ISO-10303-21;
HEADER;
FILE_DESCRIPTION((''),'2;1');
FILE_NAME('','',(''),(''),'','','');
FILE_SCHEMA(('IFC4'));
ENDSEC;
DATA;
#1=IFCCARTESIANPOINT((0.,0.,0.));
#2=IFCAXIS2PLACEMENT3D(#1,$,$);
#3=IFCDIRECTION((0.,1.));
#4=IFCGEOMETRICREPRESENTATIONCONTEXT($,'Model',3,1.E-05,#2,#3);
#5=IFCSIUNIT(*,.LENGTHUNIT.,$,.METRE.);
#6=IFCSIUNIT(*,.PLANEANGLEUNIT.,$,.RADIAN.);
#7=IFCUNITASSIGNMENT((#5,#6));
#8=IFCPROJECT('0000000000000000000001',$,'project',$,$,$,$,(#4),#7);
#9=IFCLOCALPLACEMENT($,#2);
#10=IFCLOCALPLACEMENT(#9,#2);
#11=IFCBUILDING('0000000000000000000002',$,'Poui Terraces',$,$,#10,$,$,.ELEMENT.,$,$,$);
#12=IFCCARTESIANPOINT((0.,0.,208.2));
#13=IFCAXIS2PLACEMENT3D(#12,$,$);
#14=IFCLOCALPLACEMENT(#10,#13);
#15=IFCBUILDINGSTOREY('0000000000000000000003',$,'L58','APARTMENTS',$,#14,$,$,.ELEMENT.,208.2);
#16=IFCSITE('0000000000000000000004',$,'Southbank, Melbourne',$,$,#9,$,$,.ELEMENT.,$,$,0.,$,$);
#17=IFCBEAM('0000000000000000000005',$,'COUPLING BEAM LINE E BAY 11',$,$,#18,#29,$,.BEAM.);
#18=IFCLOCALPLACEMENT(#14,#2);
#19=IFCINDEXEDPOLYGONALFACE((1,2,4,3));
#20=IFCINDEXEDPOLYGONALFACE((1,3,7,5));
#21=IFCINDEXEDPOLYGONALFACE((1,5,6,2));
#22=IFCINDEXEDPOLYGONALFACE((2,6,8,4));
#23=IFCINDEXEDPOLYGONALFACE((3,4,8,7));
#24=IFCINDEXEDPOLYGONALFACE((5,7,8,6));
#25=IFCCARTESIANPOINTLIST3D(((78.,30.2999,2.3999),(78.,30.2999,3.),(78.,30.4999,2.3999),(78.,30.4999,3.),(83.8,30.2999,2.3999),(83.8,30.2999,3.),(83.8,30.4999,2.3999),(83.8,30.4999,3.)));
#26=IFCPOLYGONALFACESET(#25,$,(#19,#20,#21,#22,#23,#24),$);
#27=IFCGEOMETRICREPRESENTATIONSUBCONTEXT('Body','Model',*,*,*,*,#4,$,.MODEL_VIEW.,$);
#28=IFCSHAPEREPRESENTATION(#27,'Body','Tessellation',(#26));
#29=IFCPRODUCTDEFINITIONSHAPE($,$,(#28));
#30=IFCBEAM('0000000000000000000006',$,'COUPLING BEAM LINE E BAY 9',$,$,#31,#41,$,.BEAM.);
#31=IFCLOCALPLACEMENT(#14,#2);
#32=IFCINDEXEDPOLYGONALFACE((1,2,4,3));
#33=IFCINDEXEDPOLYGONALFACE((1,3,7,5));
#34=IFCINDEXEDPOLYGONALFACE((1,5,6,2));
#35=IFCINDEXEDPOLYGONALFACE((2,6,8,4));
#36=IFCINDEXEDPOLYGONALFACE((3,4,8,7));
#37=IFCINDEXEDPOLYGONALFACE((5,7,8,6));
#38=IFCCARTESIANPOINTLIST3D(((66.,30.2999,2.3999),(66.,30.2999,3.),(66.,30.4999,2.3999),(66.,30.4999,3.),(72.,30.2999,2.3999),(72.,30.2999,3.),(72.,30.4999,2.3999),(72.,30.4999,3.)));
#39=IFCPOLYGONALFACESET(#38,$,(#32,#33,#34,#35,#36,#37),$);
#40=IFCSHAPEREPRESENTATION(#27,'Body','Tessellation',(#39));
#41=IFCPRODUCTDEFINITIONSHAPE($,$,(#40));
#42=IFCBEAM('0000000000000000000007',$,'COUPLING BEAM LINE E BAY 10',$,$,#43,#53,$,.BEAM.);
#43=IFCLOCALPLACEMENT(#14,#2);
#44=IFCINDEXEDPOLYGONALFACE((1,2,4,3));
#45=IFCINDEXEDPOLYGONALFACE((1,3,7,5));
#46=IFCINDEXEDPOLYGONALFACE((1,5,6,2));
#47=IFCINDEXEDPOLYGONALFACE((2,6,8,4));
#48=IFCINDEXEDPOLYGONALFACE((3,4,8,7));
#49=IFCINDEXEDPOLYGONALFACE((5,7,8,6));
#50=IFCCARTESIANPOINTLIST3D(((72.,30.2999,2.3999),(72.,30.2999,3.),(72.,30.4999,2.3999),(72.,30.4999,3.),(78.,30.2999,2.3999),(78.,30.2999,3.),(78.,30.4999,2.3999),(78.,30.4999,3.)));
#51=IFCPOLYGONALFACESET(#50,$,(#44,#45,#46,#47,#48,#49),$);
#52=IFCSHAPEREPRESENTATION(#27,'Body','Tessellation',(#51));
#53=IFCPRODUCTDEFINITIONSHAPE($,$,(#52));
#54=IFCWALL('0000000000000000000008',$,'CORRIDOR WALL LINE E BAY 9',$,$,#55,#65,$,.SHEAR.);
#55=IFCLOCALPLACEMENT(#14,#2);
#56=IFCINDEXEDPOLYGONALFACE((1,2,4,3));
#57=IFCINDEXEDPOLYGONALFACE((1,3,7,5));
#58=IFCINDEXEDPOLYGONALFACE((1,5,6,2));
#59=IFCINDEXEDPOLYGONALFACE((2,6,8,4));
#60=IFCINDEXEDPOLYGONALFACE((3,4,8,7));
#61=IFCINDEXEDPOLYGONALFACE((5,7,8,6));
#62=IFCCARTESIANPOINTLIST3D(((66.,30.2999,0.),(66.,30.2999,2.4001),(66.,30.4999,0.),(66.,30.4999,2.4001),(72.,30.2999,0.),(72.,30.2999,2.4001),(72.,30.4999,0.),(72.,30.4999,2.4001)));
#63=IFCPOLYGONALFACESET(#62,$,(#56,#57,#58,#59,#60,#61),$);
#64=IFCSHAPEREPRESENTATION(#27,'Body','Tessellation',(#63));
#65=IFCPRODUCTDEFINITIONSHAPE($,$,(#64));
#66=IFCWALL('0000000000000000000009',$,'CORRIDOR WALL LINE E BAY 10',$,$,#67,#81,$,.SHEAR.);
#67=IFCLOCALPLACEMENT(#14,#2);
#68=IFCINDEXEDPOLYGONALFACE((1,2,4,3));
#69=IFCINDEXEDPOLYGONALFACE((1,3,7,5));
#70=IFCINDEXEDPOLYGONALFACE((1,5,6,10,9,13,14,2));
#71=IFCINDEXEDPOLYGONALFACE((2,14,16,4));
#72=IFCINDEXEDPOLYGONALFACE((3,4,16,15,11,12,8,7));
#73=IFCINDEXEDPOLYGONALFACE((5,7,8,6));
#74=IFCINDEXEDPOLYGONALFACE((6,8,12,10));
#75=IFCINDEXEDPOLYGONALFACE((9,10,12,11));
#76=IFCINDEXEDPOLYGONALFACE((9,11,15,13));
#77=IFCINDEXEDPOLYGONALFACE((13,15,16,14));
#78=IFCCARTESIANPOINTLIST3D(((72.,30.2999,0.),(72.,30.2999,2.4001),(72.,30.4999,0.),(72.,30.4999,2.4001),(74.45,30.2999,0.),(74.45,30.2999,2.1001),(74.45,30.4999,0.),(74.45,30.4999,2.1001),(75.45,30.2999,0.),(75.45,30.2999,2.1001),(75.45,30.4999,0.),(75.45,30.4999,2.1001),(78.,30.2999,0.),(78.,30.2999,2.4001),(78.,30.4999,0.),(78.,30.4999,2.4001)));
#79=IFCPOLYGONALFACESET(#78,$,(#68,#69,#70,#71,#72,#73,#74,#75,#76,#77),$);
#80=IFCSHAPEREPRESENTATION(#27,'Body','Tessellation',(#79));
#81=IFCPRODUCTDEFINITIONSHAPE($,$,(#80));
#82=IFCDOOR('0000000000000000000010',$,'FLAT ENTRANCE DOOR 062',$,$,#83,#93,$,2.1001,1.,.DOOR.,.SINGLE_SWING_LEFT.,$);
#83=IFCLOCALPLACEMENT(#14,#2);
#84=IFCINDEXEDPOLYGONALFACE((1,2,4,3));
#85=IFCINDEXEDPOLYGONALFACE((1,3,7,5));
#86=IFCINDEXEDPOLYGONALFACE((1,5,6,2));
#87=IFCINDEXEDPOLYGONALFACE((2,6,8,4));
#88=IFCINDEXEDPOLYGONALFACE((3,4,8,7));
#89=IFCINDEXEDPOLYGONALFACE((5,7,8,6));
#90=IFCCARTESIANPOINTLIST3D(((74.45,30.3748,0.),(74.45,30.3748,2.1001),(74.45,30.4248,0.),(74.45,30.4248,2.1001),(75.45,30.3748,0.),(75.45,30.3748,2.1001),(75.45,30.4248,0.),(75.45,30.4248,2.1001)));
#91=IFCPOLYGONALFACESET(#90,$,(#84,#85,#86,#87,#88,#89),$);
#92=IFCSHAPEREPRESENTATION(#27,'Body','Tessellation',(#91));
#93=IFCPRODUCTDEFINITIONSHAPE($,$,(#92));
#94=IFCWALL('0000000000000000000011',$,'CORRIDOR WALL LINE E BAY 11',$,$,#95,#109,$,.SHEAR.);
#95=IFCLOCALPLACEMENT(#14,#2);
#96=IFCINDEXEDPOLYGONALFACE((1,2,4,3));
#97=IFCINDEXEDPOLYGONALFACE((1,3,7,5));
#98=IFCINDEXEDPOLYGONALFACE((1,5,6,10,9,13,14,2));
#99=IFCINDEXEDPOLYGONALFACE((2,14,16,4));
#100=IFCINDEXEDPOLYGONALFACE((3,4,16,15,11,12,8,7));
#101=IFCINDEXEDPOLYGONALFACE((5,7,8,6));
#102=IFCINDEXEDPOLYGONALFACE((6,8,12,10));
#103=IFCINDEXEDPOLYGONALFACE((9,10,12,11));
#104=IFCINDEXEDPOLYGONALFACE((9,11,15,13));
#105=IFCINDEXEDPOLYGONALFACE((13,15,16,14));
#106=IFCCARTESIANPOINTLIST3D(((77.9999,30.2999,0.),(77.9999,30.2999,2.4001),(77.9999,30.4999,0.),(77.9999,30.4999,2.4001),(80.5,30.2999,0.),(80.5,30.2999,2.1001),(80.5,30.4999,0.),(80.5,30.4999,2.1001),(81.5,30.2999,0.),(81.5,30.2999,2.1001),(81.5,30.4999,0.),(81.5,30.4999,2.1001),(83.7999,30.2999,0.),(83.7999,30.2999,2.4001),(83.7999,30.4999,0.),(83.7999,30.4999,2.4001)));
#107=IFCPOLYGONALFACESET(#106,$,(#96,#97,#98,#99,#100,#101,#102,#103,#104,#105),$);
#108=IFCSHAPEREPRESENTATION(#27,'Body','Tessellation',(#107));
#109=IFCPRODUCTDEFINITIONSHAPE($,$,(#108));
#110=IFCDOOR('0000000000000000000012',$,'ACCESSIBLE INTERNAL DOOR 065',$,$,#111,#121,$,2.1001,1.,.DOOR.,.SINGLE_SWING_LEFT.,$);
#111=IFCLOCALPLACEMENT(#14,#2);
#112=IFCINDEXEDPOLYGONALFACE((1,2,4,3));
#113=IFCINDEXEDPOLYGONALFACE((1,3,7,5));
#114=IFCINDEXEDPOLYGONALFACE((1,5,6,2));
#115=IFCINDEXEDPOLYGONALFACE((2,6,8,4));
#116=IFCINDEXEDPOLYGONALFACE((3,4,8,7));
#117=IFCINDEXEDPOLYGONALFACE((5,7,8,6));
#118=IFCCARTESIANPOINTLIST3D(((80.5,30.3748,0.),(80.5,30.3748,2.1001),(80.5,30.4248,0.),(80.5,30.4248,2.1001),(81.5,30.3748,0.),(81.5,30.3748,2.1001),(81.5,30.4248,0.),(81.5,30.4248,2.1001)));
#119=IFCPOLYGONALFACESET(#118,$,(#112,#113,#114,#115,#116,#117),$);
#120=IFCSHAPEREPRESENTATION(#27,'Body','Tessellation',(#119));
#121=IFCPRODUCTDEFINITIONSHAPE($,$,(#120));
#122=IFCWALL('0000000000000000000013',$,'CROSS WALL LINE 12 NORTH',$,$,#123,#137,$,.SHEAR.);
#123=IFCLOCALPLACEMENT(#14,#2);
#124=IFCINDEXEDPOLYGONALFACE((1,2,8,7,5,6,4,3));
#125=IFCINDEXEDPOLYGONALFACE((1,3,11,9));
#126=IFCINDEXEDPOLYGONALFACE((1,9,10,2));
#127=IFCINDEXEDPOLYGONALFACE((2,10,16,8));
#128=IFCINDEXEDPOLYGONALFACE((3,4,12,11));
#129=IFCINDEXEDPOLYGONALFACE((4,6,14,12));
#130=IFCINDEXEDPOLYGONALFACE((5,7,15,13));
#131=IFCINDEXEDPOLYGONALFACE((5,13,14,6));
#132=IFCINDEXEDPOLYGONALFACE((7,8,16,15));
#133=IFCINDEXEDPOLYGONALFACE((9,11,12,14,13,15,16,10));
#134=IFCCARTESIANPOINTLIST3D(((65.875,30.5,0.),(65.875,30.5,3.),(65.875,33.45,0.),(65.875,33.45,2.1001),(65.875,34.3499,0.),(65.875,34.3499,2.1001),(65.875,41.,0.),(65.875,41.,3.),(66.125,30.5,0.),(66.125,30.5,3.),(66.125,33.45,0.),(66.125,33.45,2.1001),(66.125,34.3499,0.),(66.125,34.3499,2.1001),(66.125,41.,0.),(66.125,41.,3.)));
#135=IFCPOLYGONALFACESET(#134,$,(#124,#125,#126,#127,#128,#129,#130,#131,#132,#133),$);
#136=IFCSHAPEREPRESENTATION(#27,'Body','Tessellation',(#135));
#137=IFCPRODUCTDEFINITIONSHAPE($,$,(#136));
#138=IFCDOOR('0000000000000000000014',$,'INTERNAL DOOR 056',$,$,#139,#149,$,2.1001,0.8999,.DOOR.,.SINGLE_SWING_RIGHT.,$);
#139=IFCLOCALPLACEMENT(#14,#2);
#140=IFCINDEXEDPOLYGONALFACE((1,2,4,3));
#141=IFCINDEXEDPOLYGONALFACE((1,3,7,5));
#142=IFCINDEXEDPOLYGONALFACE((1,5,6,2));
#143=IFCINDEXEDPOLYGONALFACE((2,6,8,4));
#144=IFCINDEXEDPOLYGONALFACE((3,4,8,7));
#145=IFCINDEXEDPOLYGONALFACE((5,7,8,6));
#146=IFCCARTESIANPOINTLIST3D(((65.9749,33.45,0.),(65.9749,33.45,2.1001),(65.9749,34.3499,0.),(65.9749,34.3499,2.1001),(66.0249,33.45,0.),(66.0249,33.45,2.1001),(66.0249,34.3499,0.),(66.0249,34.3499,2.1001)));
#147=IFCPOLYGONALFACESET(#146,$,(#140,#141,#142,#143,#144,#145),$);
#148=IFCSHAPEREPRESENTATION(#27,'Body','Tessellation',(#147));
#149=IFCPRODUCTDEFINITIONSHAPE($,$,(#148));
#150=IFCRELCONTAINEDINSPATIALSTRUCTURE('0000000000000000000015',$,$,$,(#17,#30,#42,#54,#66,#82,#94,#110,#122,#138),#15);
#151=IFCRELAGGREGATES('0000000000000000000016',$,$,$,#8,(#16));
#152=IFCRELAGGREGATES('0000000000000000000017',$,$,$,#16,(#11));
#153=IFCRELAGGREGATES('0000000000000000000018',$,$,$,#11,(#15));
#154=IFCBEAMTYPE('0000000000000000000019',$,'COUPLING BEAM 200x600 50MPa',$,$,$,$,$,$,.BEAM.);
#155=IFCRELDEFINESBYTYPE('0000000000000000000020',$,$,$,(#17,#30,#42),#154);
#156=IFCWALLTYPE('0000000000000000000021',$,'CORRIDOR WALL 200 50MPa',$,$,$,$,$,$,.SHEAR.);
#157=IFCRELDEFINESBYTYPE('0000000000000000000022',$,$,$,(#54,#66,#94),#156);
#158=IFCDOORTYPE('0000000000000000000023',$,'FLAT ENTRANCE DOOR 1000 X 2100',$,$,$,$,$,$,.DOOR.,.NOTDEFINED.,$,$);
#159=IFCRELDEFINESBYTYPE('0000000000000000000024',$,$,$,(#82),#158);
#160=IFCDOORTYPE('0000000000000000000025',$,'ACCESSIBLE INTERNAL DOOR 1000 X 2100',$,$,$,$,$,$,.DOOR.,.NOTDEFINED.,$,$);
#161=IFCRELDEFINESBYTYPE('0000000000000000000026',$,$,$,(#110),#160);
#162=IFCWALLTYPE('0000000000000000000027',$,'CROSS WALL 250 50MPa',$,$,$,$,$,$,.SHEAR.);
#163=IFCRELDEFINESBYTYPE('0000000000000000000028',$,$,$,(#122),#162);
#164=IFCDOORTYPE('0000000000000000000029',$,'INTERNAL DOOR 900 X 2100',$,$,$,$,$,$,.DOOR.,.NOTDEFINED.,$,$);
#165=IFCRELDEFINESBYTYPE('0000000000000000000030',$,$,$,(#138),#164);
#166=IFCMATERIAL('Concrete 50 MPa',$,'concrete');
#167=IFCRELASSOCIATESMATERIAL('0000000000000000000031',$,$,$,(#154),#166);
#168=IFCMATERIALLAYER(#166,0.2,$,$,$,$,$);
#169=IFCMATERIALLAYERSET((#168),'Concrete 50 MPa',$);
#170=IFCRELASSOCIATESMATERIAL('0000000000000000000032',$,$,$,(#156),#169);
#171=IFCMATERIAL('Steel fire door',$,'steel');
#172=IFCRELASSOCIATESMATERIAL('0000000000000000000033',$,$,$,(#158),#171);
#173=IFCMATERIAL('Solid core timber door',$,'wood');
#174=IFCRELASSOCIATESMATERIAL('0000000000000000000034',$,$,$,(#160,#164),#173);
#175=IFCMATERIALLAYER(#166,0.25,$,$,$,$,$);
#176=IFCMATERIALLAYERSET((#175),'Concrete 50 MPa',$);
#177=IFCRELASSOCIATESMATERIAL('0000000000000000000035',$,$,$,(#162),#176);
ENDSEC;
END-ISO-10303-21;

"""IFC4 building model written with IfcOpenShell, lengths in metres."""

from ifc_helpers import new_model, si_unit, direction, frame, frame_2d, origin, origin_2d, place, context, subcontext, project, spatial, rectangle, extrude, source, transform, mapped, material, layer, layer_set, material_profile, profile_set, type_object, element, fill, save


model = new_model("IFC4")

# Units and contexts
model_context = context("Model", 3, precision=1e-05, world=origin(), true_north=direction((0.0, 1.0)))
body_context = subcontext(model_context, "Body", "Model", "MODEL_VIEW")
ifc_project = project(units=[si_unit("LENGTHUNIT", "METRE"), si_unit("PLANEANGLEUNIT", "RADIAN")], contexts=[model_context])

# Site, building, storey
site_placement = place(None, origin())
site = spatial("IfcSite", under=ifc_project, at=site_placement, Name="Southbank, Melbourne", CompositionType="ELEMENT", RefElevation=0.0)
building_placement = place(site_placement, origin())
building = spatial("IfcBuilding", under=site, at=building_placement, Name="Poui Terraces", CompositionType="ELEMENT")
storey_placement = place(building_placement, frame((0.0, 0.0, 208.2)))
storey = spatial("IfcBuildingStorey", under=building, at=storey_placement, Name="L58", Description="APARTMENTS", CompositionType="ELEMENT", Elevation=208.2)

# Beams
ifc_material_1 = material(Name="Concrete 50 MPa", Category="concrete")
ifc_material_profile = material_profile(ifc_material_1, rectangle(XDim=0.2, YDim=0.6001, at=origin_2d()), Name="RC 200x600")
ifc_profile_set = profile_set([ifc_material_profile], Name="Concrete 50 MPa")
beam_type = type_object("IfcBeamType", Name="COUPLING BEAM 200x600 50MPa", PredefinedType="BEAM", material=ifc_profile_set)
shared_shape_1 = source(origin(), body_context, "Body", "SweptSolid", [
    extrude(rectangle(XDim=0.2, YDim=0.6001, at=origin_2d()), origin(), (0.0, 0.0, 1.0), 5.8),
])
beam_placement = place(storey_placement, frame((78.0, 30.3999, 2.7), z_axis=(1.0, 0.0, 0.0), x_axis=(0.0, 1.0, 0.0)))
element("IfcBeam", 1, at=beam_placement, inside=storey, type_object=beam_type, Name="COUPLING BEAM LINE E BAY 11", PredefinedType="BEAM", context=body_context, shape_type="MappedRepresentation", body=[
    mapped(shared_shape_1, transform((0.0, 0.0, 0.0))),
])
shared_shape_2 = source(origin(), body_context, "Body", "SweptSolid", [
    extrude(rectangle(XDim=0.2, YDim=0.6001, at=origin_2d()), origin(), (0.0, 0.0, 1.0), 6.0),
])
for number, where, z_axis, x_axis, name in (
    (2, (66.0, 30.3999, 2.7), (1.0, 0.0, 0.0), (0.0, 1.0, 0.0), "COUPLING BEAM LINE E BAY 9"),
    (3, (72.0, 30.3999, 2.7), (1.0, 0.0, 0.0), (0.0, 1.0, 0.0), "COUPLING BEAM LINE E BAY 10"),
):
    element("IfcBeam", number, at=place(storey_placement, frame(where, z_axis=z_axis, x_axis=x_axis)), inside=storey, type_object=beam_type, Name=name, PredefinedType="BEAM", context=body_context, shape_type="MappedRepresentation", body=[
        mapped(shared_shape_2, transform((0.0, 0.0, 0.0))),
    ])

# Wall
ifc_layer_1 = layer(ifc_material_1, 0.2)
ifc_layer_set_1 = layer_set([ifc_layer_1], Name="Concrete 50 MPa")
wall_type_1 = type_object("IfcWallType", Name="CORRIDOR WALL 200 50MPa", PredefinedType="SHEAR", material=ifc_layer_set_1)
wall_1_placement = place(storey_placement, frame((66.0, 30.3999, 0.0), z_axis=(0.0, 0.0, 1.0), x_axis=(1.0, 0.0, 0.0)))
element("IfcWall", 4, at=wall_1_placement, inside=storey, type_object=wall_type_1, Name="CORRIDOR WALL LINE E BAY 9", PredefinedType="SHEAR", context=body_context, shape_type="SweptSolid", body=[
    extrude(rectangle(XDim=6.0, YDim=0.2, at=frame_2d((3.0, 0.0))), origin(), (0.0, 0.0, 1.0), 2.4001),
])

# Walls, openings, doors
wall_2_placement = place(storey_placement, frame((72.0, 30.3999, 0.0), z_axis=(0.0, 0.0, 1.0), x_axis=(1.0, 0.0, 0.0)))
wall_2 = element("IfcWall", 5, at=wall_2_placement, inside=storey, type_object=wall_type_1, Name="CORRIDOR WALL LINE E BAY 10", PredefinedType="SHEAR", context=body_context, shape_type="SweptSolid", body=[
    extrude(rectangle(XDim=6.0, YDim=0.2, at=frame_2d((3.0, 0.0))), origin(), (0.0, 0.0, 1.0), 2.4001),
])
opening_1_placement = place(wall_2_placement, frame((2.45, 0.0, 0.0)))
opening_1 = element("IfcOpeningElement", 6, at=opening_1_placement, cuts=wall_2, PredefinedType="OPENING", context=body_context, shape_type="SweptSolid", body=[
    extrude(rectangle(XDim=1.0, YDim=2.1001, at=frame_2d((0.5, 1.05))), frame((0.0, 0.1099, 0.0), z_axis=(0.0, -1.0, 0.0), x_axis=(1.0, 0.0, 0.0)), (0.0, 0.0, 1.0), 0.22),
])
ifc_material_2 = material(Name="Steel fire door", Category="steel")
door_type_1 = type_object("IfcDoorType", Name="FLAT ENTRANCE DOOR 1000 X 2100", OperationType="NOTDEFINED", PredefinedType="DOOR", material=ifc_material_2)
door_1_placement = place(opening_1_placement, origin())
door_1 = element("IfcDoor", 7, at=door_1_placement, inside=storey, type_object=door_type_1, Name="FLAT ENTRANCE DOOR 062", OperationType="SINGLE_SWING_LEFT", OverallHeight=2.1001, OverallWidth=1.0, PredefinedType="DOOR", context=body_context, shape_type="SweptSolid", body=[
    extrude(rectangle(XDim=1.0, YDim=2.1001, at=frame_2d((0.5, 1.05))), frame((0.0, 0.0249, 0.0), z_axis=(0.0, -1.0, 0.0), x_axis=(1.0, 0.0, 0.0)), (0.0, 0.0, 1.0), 0.05),
])
fill(opening_1, door_1)
wall_3_placement = place(storey_placement, frame((78.0, 30.3999, 0.0), z_axis=(0.0, 0.0, 1.0), x_axis=(1.0, 0.0, 0.0)))
wall_3 = element("IfcWall", 8, at=wall_3_placement, inside=storey, type_object=wall_type_1, Name="CORRIDOR WALL LINE E BAY 11", PredefinedType="SHEAR", context=body_context, shape_type="SweptSolid", body=[
    extrude(rectangle(XDim=5.8, YDim=0.2, at=frame_2d((2.8999, 0.0))), origin(), (0.0, 0.0, 1.0), 2.4001),
])
opening_2_placement = place(wall_3_placement, frame((2.5, 0.0, 0.0)))
opening_2 = element("IfcOpeningElement", 9, at=opening_2_placement, cuts=wall_3, PredefinedType="OPENING", context=body_context, shape_type="SweptSolid", body=[
    extrude(rectangle(XDim=1.0, YDim=2.1001, at=frame_2d((0.5, 1.05))), frame((0.0, 0.1099, 0.0), z_axis=(0.0, -1.0, 0.0), x_axis=(1.0, 0.0, 0.0)), (0.0, 0.0, 1.0), 0.22),
])
ifc_material_3 = material(Name="Solid core timber door", Category="wood")
door_type_2 = type_object("IfcDoorType", Name="ACCESSIBLE INTERNAL DOOR 1000 X 2100", OperationType="NOTDEFINED", PredefinedType="DOOR", material=ifc_material_3)
door_2_placement = place(opening_2_placement, origin())
door_2 = element("IfcDoor", 10, at=door_2_placement, inside=storey, type_object=door_type_2, Name="ACCESSIBLE INTERNAL DOOR 065", OperationType="SINGLE_SWING_LEFT", OverallHeight=2.1001, OverallWidth=1.0, PredefinedType="DOOR", context=body_context, shape_type="SweptSolid", body=[
    extrude(rectangle(XDim=1.0, YDim=2.1001, at=frame_2d((0.5, 1.05))), frame((0.0, 0.0249, 0.0), z_axis=(0.0, -1.0, 0.0), x_axis=(1.0, 0.0, 0.0)), (0.0, 0.0, 1.0), 0.05),
])
fill(opening_2, door_2)
ifc_layer_2 = layer(ifc_material_1, 0.25)
ifc_layer_set_2 = layer_set([ifc_layer_2], Name="Concrete 50 MPa")
wall_type_2 = type_object("IfcWallType", Name="CROSS WALL 250 50MPa", PredefinedType="SHEAR", material=ifc_layer_set_2)
wall_4_placement = place(storey_placement, frame((66.0, 30.5, 0.0), z_axis=(0.0, 0.0, 1.0), x_axis=(0.0, 1.0, 0.0)))
wall_4 = element("IfcWall", 11, at=wall_4_placement, inside=storey, type_object=wall_type_2, Name="CROSS WALL LINE 12 NORTH", PredefinedType="SHEAR", context=body_context, shape_type="SweptSolid", body=[
    extrude(rectangle(XDim=10.5, YDim=0.25, at=frame_2d((5.25, 0.0))), origin(), (0.0, 0.0, 1.0), 3.0),
])
opening_3_placement = place(wall_4_placement, frame((2.95, 0.0, 0.0)))
opening_3 = element("IfcOpeningElement", 12, at=opening_3_placement, cuts=wall_4, PredefinedType="OPENING", context=body_context, shape_type="SweptSolid", body=[
    extrude(rectangle(XDim=0.8999, YDim=2.1001, at=frame_2d((0.45, 1.05))), frame((0.0, 0.135, 0.0), z_axis=(0.0, -1.0, 0.0), x_axis=(1.0, 0.0, 0.0)), (0.0, 0.0, 1.0), 0.27),
])
door_type_3 = type_object("IfcDoorType", Name="INTERNAL DOOR 900 X 2100", OperationType="NOTDEFINED", PredefinedType="DOOR", material=ifc_material_3)
door_3_placement = place(opening_3_placement, frame((0.8999, 0.0, 0.0), z_axis=(0.0, 0.0, 1.0), x_axis=(-1.0, 0.0, 0.0)))
door_3 = element("IfcDoor", 13, at=door_3_placement, inside=storey, type_object=door_type_3, Name="INTERNAL DOOR 056", OperationType="SINGLE_SWING_RIGHT", OverallHeight=2.1001, OverallWidth=0.8999, PredefinedType="DOOR", context=body_context, shape_type="SweptSolid", body=[
    extrude(rectangle(XDim=0.8999, YDim=2.1001, at=frame_2d((0.45, 1.05))), frame((0.0, 0.0249, 0.0), z_axis=(0.0, -1.0, 0.0), x_axis=(1.0, 0.0, 0.0)), (0.0, 0.0, 1.0), 0.05),
])
fill(opening_3, door_3)

save(model, "model.ifc")
